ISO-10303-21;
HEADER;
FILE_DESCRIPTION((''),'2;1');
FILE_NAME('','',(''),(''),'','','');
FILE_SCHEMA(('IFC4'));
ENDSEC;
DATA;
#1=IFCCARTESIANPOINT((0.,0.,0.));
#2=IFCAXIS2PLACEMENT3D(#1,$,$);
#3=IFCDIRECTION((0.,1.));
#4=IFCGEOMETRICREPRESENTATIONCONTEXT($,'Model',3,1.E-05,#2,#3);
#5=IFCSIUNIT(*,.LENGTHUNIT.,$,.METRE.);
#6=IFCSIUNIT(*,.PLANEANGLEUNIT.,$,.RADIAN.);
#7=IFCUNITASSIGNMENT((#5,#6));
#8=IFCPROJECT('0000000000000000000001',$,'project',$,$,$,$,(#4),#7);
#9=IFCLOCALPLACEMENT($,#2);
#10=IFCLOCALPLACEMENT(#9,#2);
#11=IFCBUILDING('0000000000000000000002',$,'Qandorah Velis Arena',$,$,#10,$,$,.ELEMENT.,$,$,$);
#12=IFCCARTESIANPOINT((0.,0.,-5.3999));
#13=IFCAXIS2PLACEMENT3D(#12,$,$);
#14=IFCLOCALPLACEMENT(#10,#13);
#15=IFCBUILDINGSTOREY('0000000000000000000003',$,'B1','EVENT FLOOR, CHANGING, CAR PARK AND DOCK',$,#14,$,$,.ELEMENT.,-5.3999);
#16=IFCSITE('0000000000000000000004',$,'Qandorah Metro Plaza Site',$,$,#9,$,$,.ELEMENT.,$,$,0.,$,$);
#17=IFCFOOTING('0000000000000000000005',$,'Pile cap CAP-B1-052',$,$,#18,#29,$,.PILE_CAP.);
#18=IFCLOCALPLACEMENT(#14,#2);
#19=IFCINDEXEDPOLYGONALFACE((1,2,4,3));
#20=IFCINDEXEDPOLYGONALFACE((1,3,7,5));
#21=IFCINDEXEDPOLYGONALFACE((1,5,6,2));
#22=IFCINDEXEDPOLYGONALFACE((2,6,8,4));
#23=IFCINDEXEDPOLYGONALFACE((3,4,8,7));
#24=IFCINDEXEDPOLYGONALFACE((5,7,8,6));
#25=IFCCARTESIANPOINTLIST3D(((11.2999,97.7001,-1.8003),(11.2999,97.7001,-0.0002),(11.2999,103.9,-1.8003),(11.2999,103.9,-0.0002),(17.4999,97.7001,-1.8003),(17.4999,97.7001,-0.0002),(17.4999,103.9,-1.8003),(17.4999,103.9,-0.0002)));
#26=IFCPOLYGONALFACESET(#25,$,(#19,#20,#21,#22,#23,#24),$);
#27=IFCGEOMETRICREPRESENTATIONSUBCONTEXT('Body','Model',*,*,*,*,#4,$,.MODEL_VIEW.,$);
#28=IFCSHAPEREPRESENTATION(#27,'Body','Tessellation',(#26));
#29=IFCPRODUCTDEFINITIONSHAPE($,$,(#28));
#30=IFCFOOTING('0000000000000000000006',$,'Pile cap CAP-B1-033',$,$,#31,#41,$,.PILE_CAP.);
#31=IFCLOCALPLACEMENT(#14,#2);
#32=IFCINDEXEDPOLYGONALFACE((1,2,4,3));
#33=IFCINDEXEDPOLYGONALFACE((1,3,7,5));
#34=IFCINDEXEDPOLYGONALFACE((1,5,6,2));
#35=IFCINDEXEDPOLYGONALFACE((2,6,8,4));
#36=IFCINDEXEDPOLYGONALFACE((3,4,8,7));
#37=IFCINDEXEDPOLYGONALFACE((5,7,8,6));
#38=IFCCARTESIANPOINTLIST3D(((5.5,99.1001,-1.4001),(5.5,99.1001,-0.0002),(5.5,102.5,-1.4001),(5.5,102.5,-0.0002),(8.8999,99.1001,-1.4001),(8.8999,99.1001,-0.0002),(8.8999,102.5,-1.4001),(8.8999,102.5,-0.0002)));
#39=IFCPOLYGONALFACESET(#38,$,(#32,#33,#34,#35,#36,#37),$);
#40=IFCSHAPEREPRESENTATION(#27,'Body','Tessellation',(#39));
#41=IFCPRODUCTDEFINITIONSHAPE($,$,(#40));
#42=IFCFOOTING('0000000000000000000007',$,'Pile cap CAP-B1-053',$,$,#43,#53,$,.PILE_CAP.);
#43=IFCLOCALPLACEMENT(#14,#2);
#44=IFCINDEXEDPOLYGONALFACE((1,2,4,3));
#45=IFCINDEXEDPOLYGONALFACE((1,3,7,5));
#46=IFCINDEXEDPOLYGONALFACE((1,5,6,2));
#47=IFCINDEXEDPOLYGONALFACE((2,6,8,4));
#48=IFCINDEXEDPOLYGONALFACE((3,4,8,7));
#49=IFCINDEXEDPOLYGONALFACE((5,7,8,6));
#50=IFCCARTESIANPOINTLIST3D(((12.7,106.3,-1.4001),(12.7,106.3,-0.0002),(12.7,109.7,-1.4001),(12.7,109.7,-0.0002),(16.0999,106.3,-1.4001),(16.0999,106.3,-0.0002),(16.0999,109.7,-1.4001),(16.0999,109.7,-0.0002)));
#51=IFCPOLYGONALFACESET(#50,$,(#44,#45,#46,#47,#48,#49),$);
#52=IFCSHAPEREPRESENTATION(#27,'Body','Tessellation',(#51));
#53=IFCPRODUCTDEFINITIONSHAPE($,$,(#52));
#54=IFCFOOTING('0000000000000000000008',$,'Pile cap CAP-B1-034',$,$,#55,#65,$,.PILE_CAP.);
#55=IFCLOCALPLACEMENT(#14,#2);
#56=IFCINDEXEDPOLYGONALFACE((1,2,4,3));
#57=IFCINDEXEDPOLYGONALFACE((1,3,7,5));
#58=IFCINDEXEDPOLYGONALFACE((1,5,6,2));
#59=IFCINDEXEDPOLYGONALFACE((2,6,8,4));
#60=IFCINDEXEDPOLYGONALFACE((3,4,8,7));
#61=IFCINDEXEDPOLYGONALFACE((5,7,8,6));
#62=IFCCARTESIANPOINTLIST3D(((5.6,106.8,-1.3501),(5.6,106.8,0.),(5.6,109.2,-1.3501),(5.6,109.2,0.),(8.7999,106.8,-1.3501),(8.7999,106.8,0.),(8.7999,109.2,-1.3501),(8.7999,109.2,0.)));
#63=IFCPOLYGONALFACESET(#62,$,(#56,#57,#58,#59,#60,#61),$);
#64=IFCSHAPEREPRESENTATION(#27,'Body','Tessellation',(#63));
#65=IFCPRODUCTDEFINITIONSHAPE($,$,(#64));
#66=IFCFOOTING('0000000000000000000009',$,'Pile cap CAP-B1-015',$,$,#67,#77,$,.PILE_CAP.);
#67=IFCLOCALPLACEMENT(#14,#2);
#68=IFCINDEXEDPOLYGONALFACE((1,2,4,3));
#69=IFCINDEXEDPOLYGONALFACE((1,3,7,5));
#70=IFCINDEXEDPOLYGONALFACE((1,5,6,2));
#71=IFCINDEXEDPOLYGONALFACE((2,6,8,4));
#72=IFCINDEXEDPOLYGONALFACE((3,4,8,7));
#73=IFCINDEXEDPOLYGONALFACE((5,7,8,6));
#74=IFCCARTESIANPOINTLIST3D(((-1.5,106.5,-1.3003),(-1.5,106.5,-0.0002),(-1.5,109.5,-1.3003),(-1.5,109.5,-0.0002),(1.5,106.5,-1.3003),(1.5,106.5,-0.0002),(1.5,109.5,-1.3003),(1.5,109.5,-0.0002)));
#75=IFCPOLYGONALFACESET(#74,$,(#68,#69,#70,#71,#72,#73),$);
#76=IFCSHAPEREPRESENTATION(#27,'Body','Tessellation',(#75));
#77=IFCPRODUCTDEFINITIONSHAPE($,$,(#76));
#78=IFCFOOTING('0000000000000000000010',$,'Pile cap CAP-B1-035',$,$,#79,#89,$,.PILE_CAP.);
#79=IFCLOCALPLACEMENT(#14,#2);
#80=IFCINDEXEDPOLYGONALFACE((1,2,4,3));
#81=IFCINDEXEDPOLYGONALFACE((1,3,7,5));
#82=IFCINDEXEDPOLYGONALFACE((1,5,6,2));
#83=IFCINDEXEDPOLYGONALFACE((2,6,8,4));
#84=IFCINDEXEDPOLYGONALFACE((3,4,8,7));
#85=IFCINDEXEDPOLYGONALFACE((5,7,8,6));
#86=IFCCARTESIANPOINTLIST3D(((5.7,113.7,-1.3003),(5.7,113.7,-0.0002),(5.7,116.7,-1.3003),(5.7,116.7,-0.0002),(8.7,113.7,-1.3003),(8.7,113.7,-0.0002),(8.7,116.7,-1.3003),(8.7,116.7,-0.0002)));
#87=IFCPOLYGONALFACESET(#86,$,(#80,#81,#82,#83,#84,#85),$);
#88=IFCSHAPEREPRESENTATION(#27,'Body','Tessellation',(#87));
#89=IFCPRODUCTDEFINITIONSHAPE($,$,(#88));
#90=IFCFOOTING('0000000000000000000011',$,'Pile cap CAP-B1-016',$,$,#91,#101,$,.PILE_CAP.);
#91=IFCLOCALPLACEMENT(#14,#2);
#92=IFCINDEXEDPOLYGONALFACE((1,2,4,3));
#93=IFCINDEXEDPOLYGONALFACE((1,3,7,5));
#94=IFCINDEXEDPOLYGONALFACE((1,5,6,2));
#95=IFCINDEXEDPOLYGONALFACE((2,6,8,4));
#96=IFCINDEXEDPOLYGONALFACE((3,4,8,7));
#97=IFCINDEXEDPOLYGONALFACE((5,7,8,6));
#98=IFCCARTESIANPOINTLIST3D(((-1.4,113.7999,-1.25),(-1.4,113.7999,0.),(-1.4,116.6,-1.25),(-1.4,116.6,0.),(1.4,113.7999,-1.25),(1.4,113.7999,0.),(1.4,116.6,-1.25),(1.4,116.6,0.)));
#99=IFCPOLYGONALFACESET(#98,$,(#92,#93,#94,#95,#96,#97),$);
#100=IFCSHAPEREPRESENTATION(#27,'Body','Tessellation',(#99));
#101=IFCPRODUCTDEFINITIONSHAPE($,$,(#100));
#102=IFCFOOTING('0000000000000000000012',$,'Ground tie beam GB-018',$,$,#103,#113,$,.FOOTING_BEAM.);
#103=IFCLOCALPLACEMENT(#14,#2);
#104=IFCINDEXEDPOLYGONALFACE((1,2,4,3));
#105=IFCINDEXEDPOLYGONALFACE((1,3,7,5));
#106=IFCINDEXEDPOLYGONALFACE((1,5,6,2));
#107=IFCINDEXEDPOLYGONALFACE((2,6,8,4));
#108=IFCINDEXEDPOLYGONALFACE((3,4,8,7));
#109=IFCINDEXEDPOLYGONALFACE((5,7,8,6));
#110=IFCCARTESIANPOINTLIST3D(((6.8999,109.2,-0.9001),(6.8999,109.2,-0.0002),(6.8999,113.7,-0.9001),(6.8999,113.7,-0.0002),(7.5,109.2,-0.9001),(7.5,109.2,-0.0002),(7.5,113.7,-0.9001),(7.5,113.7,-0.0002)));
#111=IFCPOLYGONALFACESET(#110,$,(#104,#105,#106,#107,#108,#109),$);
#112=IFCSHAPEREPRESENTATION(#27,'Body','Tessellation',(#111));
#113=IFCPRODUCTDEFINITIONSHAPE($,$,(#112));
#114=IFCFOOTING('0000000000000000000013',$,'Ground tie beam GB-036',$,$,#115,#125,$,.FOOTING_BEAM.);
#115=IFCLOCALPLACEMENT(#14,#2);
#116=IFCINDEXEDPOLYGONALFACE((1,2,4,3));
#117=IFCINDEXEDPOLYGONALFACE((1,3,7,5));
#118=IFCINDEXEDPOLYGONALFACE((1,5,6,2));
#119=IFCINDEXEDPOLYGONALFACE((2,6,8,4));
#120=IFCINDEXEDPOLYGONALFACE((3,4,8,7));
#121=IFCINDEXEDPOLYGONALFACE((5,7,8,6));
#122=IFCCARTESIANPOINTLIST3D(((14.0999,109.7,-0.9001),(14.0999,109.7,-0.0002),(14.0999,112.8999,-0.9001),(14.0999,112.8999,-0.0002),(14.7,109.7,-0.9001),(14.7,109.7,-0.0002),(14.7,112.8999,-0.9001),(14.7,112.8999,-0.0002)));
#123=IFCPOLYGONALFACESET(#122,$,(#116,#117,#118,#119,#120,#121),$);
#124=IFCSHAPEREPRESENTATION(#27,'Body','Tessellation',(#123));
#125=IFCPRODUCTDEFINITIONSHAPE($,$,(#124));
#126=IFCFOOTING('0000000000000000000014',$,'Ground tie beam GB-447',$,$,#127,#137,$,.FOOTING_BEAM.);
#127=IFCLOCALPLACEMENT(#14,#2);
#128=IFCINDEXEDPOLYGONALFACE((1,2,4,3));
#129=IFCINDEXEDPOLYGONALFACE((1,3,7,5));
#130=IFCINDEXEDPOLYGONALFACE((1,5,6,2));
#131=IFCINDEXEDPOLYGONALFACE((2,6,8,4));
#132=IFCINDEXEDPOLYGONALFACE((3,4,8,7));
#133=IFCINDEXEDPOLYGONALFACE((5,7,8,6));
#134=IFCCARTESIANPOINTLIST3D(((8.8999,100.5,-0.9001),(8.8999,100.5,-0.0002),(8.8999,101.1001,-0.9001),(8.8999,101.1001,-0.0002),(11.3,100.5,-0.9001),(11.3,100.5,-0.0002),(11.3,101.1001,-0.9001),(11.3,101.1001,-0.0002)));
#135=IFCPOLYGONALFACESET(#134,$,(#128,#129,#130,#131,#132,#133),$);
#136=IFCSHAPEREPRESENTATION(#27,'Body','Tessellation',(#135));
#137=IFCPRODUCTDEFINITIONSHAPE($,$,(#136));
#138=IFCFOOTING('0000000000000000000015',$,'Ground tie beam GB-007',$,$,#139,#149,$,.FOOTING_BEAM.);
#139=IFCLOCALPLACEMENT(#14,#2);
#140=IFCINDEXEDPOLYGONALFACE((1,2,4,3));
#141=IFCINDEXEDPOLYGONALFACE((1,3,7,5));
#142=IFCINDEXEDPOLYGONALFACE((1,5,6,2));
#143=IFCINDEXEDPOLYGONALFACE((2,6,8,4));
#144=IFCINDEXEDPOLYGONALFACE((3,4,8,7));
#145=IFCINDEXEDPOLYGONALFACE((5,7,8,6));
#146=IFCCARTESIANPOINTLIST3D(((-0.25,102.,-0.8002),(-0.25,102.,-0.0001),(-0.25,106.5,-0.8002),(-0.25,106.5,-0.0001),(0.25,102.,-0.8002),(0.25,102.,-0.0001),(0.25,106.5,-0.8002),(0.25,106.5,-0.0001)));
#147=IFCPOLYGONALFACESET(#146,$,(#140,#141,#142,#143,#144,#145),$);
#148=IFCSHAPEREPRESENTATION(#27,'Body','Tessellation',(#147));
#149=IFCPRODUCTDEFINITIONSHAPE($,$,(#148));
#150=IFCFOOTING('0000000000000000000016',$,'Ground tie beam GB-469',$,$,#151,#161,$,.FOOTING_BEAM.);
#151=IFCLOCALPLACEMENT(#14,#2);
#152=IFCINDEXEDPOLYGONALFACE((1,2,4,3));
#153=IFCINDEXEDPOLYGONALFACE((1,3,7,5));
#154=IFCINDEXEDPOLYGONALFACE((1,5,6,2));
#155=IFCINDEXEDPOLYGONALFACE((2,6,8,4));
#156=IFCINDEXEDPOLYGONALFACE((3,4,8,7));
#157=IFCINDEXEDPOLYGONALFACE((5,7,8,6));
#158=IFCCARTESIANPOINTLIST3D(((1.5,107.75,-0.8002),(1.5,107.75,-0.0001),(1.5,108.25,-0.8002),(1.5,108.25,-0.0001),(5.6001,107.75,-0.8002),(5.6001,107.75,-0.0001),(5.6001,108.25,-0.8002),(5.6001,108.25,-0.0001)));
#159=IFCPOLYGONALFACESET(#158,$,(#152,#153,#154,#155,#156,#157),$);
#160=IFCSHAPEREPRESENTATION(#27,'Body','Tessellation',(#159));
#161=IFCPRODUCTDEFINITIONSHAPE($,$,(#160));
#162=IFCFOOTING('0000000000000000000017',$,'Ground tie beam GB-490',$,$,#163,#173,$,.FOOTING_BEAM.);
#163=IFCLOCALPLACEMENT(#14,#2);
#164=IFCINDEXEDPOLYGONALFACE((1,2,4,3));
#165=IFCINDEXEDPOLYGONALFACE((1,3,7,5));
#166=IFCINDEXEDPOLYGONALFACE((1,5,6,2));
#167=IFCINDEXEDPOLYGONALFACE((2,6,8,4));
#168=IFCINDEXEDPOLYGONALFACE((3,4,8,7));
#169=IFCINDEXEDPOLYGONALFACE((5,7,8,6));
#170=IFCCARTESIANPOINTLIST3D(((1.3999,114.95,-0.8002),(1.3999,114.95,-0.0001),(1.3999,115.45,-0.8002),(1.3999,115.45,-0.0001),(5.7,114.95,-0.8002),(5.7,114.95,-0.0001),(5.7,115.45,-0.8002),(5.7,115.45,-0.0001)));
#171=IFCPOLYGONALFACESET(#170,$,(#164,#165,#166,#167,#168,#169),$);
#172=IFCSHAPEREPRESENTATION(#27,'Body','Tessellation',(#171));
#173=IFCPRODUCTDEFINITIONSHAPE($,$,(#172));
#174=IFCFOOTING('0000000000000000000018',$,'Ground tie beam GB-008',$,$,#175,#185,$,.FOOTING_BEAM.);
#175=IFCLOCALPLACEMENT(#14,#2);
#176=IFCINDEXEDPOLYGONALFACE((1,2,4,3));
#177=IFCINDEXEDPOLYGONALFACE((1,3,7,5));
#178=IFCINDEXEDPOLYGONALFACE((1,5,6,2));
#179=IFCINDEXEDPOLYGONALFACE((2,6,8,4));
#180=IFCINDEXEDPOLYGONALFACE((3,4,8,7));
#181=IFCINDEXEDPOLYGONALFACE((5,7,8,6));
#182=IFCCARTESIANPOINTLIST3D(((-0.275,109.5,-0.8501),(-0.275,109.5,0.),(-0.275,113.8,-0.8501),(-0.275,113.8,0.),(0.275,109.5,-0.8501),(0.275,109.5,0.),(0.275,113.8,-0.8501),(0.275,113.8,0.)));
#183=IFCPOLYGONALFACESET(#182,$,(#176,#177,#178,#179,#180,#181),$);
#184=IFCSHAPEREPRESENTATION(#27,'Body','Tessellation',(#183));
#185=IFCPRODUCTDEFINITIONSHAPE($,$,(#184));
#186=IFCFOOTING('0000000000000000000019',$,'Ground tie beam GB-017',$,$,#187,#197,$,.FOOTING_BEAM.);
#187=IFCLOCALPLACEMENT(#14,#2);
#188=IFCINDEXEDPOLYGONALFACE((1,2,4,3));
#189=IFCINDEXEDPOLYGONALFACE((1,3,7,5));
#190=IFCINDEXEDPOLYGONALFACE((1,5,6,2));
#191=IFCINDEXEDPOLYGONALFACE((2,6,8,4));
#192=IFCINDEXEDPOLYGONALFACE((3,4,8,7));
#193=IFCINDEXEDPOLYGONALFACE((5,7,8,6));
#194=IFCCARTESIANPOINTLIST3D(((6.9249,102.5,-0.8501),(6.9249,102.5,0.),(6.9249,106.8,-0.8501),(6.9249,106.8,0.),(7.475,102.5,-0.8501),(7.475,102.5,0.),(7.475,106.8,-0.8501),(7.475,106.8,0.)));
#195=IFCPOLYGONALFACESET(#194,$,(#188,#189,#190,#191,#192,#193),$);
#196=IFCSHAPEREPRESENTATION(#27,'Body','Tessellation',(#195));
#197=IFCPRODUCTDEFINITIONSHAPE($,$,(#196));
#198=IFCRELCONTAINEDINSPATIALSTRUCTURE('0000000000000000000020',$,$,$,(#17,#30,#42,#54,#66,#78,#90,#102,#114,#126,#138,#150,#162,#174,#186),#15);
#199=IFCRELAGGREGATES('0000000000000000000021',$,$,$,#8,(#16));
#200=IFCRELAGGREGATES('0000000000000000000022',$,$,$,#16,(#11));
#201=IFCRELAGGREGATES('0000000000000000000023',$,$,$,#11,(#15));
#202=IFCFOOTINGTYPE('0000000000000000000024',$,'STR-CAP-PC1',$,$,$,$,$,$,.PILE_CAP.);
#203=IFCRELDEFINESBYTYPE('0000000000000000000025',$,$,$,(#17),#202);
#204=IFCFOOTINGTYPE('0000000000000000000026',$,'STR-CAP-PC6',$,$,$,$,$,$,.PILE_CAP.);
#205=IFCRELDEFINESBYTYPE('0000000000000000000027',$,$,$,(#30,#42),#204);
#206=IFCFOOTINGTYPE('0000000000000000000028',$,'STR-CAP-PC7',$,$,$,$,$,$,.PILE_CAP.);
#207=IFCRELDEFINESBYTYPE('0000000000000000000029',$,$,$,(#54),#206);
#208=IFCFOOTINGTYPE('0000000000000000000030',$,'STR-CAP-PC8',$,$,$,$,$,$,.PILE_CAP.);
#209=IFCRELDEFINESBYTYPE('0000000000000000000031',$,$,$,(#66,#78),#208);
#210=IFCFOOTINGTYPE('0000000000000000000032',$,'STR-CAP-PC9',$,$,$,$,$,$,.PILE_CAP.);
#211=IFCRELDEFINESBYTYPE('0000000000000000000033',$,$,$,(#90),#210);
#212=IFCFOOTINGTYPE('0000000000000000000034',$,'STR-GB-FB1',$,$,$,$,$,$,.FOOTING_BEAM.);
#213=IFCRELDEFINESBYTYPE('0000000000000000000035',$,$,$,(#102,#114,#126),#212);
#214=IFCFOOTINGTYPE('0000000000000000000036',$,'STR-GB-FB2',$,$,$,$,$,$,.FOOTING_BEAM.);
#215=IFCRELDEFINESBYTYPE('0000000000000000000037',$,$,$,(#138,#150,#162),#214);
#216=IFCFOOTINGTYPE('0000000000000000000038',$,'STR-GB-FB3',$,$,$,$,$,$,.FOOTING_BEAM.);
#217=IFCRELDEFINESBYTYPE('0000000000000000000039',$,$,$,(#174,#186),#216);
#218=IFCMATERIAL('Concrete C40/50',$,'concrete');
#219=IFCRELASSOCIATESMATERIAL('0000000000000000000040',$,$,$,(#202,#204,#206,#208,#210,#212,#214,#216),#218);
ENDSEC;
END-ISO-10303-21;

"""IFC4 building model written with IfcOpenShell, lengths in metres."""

from ifc_helpers import new_model, si_unit, direction, frame, origin, origin_2d, place, context, subcontext, project, spatial, rectangle, extrude, material, material_profile, profile_set, type_object, element, save


model = new_model("IFC4")

# Units and contexts
model_context = context("Model", 3, precision=1e-05, world=origin(), true_north=direction((0.0, 1.0)))
body_context = subcontext(model_context, "Body", "Model", "MODEL_VIEW")
ifc_project = project(units=[si_unit("LENGTHUNIT", "METRE"), si_unit("PLANEANGLEUNIT", "RADIAN")], contexts=[model_context])

# Site, building, storey
site_placement = place(None, origin())
site = spatial("IfcSite", under=ifc_project, at=site_placement, Name="Qandorah Metro Plaza Site", CompositionType="ELEMENT", RefElevation=0.0)
building_placement = place(site_placement, origin())
building = spatial("IfcBuilding", under=site, at=building_placement, Name="Qandorah Velis Arena", CompositionType="ELEMENT")
storey_placement = place(building_placement, frame((0.0, 0.0, -5.3999)))
storey = spatial("IfcBuildingStorey", under=building, at=storey_placement, Name="B1", Description="EVENT FLOOR, CHANGING, CAR PARK AND DOCK", CompositionType="ELEMENT", Elevation=-5.3999)

# Footings
ifc_material_1 = material(Name="Concrete C40/50", Category="concrete")
footing_type_1 = type_object("IfcFootingType", Name="STR-CAP-PC1", PredefinedType="PILE_CAP", material=ifc_material_1)
footing_1_placement = place(storey_placement, frame((14.3999, 100.8, -1.8003), z_axis=(0.0, 0.0, 1.0), x_axis=(1.0, 0.0, 0.0)))
element("IfcFooting", 1, at=footing_1_placement, inside=storey, type_object=footing_type_1, Name="Pile cap CAP-B1-052", PredefinedType="PILE_CAP", context=body_context, shape_type="SweptSolid", body=[
    extrude(rectangle(XDim=6.2, YDim=6.2, at=origin_2d()), origin(), (0.0, 0.0, 1.0), 1.8),
])
footing_type_2 = type_object("IfcFootingType", Name="STR-CAP-PC6", PredefinedType="PILE_CAP", material=ifc_material_1)
for number, where, z_axis, x_axis, name in (
    (2, (7.2, 100.8, -1.4001), (0.0, 0.0, 1.0), (1.0, 0.0, 0.0), "Pile cap CAP-B1-033"),
    (3, (14.3999, 108.0, -1.4001), (0.0, 0.0, 1.0), (1.0, 0.0, 0.0), "Pile cap CAP-B1-053"),
):
    element("IfcFooting", number, at=place(storey_placement, frame(where, z_axis=z_axis, x_axis=x_axis)), inside=storey, type_object=footing_type_2, Name=name, PredefinedType="PILE_CAP", context=body_context, shape_type="SweptSolid", body=[
        extrude(rectangle(XDim=3.3999, YDim=3.3999, at=origin_2d()), origin(), (0.0, 0.0, 1.0), 1.3999),
    ])
footing_type_3 = type_object("IfcFootingType", Name="STR-CAP-PC7", PredefinedType="PILE_CAP", material=ifc_material_1)
footing_2_placement = place(storey_placement, frame((7.2, 108.0, -1.3501), z_axis=(0.0, 0.0, 1.0), x_axis=(1.0, 0.0, 0.0)))
element("IfcFooting", 4, at=footing_2_placement, inside=storey, type_object=footing_type_3, Name="Pile cap CAP-B1-034", PredefinedType="PILE_CAP", context=body_context, shape_type="SweptSolid", body=[
    extrude(rectangle(XDim=3.2, YDim=2.3999, at=origin_2d()), origin(), (0.0, 0.0, 1.0), 1.3501),
])
footing_type_4 = type_object("IfcFootingType", Name="STR-CAP-PC8", PredefinedType="PILE_CAP", material=ifc_material_1)
for number, where, z_axis, x_axis, name in (
    (5, (0.0, 108.0, -1.3003), (0.0, 0.0, 1.0), (1.0, 0.0, 0.0), "Pile cap CAP-B1-015"),
    (6, (7.2, 115.2, -1.3003), (0.0, 0.0, 1.0), (1.0, 0.0, 0.0), "Pile cap CAP-B1-035"),
):
    element("IfcFooting", number, at=place(storey_placement, frame(where, z_axis=z_axis, x_axis=x_axis)), inside=storey, type_object=footing_type_4, Name=name, PredefinedType="PILE_CAP", context=body_context, shape_type="SweptSolid", body=[
        extrude(rectangle(XDim=3.0, YDim=3.0, at=origin_2d()), origin(), (0.0, 0.0, 1.0), 1.3),
    ])
footing_type_5 = type_object("IfcFootingType", Name="STR-CAP-PC9", PredefinedType="PILE_CAP", material=ifc_material_1)
footing_3_placement = place(storey_placement, frame((0.0, 115.2, -1.25), z_axis=(0.0, 0.0, 1.0), x_axis=(1.0, 0.0, 0.0)))
element("IfcFooting", 7, at=footing_3_placement, inside=storey, type_object=footing_type_5, Name="Pile cap CAP-B1-016", PredefinedType="PILE_CAP", context=body_context, shape_type="SweptSolid", body=[
    extrude(rectangle(XDim=2.8, YDim=2.8, at=origin_2d()), origin(), (0.0, 0.0, 1.0), 1.25),
])
ifc_material_profile_1 = material_profile(ifc_material_1, rectangle(XDim=0.6001, YDim=0.8999, at=origin_2d()), Name="GB1 600x900")
ifc_profile_set_1 = profile_set([ifc_material_profile_1], Name="Concrete C40/50")
footing_type_6 = type_object("IfcFootingType", Name="STR-GB-FB1", PredefinedType="FOOTING_BEAM", material=ifc_profile_set_1)
footing_4_placement = place(storey_placement, frame((7.2, 109.2, -0.4502), z_axis=(0.0, 1.0, 0.0), x_axis=(-1.0, 0.0, 0.0)))
element("IfcFooting", 8, at=footing_4_placement, inside=storey, type_object=footing_type_6, Name="Ground tie beam GB-018", PredefinedType="FOOTING_BEAM", context=body_context, shape_type="SweptSolid", body=[
    extrude(rectangle(XDim=0.6001, YDim=0.8999, at=origin_2d()), origin(), (0.0, 0.0, 1.0), 4.5),
])
footing_5_placement = place(storey_placement, frame((14.3999, 109.7, -0.4502), z_axis=(0.0, 1.0, 0.0), x_axis=(-1.0, 0.0, 0.0)))
element("IfcFooting", 9, at=footing_5_placement, inside=storey, type_object=footing_type_6, Name="Ground tie beam GB-036", PredefinedType="FOOTING_BEAM", context=body_context, shape_type="SweptSolid", body=[
    extrude(rectangle(XDim=0.6001, YDim=0.8999, at=origin_2d()), origin(), (0.0, 0.0, 1.0), 3.2),
])
footing_6_placement = place(storey_placement, frame((8.8999, 100.8, -0.4502), z_axis=(1.0, 0.0, 0.0), x_axis=(0.0, 1.0, 0.0)))
element("IfcFooting", 10, at=footing_6_placement, inside=storey, type_object=footing_type_6, Name="Ground tie beam GB-447", PredefinedType="FOOTING_BEAM", context=body_context, shape_type="SweptSolid", body=[
    extrude(rectangle(XDim=0.6001, YDim=0.8999, at=origin_2d()), origin(), (0.0, 0.0, 1.0), 2.4001),
])
ifc_material_profile_2 = material_profile(ifc_material_1, rectangle(XDim=0.5, YDim=0.8, at=origin_2d()), Name="GB2 500x800")
ifc_profile_set_2 = profile_set([ifc_material_profile_2], Name="Concrete C40/50")
footing_type_7 = type_object("IfcFootingType", Name="STR-GB-FB2", PredefinedType="FOOTING_BEAM", material=ifc_profile_set_2)
footing_7_placement = place(storey_placement, frame((0.0, 102.0, -0.4001), z_axis=(0.0, 1.0, 0.0), x_axis=(-1.0, 0.0, 0.0)))
element("IfcFooting", 11, at=footing_7_placement, inside=storey, type_object=footing_type_7, Name="Ground tie beam GB-007", PredefinedType="FOOTING_BEAM", context=body_context, shape_type="SweptSolid", body=[
    extrude(rectangle(XDim=0.5, YDim=0.8, at=origin_2d()), origin(), (0.0, 0.0, 1.0), 4.5),
])
footing_8_placement = place(storey_placement, frame((1.5, 108.0, -0.4001), z_axis=(1.0, 0.0, 0.0), x_axis=(0.0, 1.0, 0.0)))
element("IfcFooting", 12, at=footing_8_placement, inside=storey, type_object=footing_type_7, Name="Ground tie beam GB-469", PredefinedType="FOOTING_BEAM", context=body_context, shape_type="SweptSolid", body=[
    extrude(rectangle(XDim=0.5, YDim=0.8, at=origin_2d()), origin(), (0.0, 0.0, 1.0), 4.1001),
])
footing_9_placement = place(storey_placement, frame((1.3999, 115.2, -0.4001), z_axis=(1.0, 0.0, 0.0), x_axis=(0.0, 1.0, 0.0)))
element("IfcFooting", 13, at=footing_9_placement, inside=storey, type_object=footing_type_7, Name="Ground tie beam GB-490", PredefinedType="FOOTING_BEAM", context=body_context, shape_type="SweptSolid", body=[
    extrude(rectangle(XDim=0.5, YDim=0.8, at=origin_2d()), origin(), (0.0, 0.0, 1.0), 4.3),
])
ifc_material_profile_3 = material_profile(ifc_material_1, rectangle(XDim=0.55, YDim=0.8501, at=origin_2d()), Name="GB3 550x850")
ifc_profile_set_3 = profile_set([ifc_material_profile_3], Name="Concrete C40/50")
footing_type_8 = type_object("IfcFootingType", Name="STR-GB-FB3", PredefinedType="FOOTING_BEAM", material=ifc_profile_set_3)
for number, where, z_axis, x_axis, name in (
    (14, (0.0, 109.5, -0.425), (0.0, 1.0, 0.0), (-1.0, 0.0, 0.0), "Ground tie beam GB-008"),
    (15, (7.2, 102.5, -0.425), (0.0, 1.0, 0.0), (-1.0, 0.0, 0.0), "Ground tie beam GB-017"),
):
    element("IfcFooting", number, at=place(storey_placement, frame(where, z_axis=z_axis, x_axis=x_axis)), inside=storey, type_object=footing_type_8, Name=name, PredefinedType="FOOTING_BEAM", context=body_context, shape_type="SweptSolid", body=[
        extrude(rectangle(XDim=0.55, YDim=0.8501, at=origin_2d()), origin(), (0.0, 0.0, 1.0), 4.3),
    ])

save(model, "model.ifc")
